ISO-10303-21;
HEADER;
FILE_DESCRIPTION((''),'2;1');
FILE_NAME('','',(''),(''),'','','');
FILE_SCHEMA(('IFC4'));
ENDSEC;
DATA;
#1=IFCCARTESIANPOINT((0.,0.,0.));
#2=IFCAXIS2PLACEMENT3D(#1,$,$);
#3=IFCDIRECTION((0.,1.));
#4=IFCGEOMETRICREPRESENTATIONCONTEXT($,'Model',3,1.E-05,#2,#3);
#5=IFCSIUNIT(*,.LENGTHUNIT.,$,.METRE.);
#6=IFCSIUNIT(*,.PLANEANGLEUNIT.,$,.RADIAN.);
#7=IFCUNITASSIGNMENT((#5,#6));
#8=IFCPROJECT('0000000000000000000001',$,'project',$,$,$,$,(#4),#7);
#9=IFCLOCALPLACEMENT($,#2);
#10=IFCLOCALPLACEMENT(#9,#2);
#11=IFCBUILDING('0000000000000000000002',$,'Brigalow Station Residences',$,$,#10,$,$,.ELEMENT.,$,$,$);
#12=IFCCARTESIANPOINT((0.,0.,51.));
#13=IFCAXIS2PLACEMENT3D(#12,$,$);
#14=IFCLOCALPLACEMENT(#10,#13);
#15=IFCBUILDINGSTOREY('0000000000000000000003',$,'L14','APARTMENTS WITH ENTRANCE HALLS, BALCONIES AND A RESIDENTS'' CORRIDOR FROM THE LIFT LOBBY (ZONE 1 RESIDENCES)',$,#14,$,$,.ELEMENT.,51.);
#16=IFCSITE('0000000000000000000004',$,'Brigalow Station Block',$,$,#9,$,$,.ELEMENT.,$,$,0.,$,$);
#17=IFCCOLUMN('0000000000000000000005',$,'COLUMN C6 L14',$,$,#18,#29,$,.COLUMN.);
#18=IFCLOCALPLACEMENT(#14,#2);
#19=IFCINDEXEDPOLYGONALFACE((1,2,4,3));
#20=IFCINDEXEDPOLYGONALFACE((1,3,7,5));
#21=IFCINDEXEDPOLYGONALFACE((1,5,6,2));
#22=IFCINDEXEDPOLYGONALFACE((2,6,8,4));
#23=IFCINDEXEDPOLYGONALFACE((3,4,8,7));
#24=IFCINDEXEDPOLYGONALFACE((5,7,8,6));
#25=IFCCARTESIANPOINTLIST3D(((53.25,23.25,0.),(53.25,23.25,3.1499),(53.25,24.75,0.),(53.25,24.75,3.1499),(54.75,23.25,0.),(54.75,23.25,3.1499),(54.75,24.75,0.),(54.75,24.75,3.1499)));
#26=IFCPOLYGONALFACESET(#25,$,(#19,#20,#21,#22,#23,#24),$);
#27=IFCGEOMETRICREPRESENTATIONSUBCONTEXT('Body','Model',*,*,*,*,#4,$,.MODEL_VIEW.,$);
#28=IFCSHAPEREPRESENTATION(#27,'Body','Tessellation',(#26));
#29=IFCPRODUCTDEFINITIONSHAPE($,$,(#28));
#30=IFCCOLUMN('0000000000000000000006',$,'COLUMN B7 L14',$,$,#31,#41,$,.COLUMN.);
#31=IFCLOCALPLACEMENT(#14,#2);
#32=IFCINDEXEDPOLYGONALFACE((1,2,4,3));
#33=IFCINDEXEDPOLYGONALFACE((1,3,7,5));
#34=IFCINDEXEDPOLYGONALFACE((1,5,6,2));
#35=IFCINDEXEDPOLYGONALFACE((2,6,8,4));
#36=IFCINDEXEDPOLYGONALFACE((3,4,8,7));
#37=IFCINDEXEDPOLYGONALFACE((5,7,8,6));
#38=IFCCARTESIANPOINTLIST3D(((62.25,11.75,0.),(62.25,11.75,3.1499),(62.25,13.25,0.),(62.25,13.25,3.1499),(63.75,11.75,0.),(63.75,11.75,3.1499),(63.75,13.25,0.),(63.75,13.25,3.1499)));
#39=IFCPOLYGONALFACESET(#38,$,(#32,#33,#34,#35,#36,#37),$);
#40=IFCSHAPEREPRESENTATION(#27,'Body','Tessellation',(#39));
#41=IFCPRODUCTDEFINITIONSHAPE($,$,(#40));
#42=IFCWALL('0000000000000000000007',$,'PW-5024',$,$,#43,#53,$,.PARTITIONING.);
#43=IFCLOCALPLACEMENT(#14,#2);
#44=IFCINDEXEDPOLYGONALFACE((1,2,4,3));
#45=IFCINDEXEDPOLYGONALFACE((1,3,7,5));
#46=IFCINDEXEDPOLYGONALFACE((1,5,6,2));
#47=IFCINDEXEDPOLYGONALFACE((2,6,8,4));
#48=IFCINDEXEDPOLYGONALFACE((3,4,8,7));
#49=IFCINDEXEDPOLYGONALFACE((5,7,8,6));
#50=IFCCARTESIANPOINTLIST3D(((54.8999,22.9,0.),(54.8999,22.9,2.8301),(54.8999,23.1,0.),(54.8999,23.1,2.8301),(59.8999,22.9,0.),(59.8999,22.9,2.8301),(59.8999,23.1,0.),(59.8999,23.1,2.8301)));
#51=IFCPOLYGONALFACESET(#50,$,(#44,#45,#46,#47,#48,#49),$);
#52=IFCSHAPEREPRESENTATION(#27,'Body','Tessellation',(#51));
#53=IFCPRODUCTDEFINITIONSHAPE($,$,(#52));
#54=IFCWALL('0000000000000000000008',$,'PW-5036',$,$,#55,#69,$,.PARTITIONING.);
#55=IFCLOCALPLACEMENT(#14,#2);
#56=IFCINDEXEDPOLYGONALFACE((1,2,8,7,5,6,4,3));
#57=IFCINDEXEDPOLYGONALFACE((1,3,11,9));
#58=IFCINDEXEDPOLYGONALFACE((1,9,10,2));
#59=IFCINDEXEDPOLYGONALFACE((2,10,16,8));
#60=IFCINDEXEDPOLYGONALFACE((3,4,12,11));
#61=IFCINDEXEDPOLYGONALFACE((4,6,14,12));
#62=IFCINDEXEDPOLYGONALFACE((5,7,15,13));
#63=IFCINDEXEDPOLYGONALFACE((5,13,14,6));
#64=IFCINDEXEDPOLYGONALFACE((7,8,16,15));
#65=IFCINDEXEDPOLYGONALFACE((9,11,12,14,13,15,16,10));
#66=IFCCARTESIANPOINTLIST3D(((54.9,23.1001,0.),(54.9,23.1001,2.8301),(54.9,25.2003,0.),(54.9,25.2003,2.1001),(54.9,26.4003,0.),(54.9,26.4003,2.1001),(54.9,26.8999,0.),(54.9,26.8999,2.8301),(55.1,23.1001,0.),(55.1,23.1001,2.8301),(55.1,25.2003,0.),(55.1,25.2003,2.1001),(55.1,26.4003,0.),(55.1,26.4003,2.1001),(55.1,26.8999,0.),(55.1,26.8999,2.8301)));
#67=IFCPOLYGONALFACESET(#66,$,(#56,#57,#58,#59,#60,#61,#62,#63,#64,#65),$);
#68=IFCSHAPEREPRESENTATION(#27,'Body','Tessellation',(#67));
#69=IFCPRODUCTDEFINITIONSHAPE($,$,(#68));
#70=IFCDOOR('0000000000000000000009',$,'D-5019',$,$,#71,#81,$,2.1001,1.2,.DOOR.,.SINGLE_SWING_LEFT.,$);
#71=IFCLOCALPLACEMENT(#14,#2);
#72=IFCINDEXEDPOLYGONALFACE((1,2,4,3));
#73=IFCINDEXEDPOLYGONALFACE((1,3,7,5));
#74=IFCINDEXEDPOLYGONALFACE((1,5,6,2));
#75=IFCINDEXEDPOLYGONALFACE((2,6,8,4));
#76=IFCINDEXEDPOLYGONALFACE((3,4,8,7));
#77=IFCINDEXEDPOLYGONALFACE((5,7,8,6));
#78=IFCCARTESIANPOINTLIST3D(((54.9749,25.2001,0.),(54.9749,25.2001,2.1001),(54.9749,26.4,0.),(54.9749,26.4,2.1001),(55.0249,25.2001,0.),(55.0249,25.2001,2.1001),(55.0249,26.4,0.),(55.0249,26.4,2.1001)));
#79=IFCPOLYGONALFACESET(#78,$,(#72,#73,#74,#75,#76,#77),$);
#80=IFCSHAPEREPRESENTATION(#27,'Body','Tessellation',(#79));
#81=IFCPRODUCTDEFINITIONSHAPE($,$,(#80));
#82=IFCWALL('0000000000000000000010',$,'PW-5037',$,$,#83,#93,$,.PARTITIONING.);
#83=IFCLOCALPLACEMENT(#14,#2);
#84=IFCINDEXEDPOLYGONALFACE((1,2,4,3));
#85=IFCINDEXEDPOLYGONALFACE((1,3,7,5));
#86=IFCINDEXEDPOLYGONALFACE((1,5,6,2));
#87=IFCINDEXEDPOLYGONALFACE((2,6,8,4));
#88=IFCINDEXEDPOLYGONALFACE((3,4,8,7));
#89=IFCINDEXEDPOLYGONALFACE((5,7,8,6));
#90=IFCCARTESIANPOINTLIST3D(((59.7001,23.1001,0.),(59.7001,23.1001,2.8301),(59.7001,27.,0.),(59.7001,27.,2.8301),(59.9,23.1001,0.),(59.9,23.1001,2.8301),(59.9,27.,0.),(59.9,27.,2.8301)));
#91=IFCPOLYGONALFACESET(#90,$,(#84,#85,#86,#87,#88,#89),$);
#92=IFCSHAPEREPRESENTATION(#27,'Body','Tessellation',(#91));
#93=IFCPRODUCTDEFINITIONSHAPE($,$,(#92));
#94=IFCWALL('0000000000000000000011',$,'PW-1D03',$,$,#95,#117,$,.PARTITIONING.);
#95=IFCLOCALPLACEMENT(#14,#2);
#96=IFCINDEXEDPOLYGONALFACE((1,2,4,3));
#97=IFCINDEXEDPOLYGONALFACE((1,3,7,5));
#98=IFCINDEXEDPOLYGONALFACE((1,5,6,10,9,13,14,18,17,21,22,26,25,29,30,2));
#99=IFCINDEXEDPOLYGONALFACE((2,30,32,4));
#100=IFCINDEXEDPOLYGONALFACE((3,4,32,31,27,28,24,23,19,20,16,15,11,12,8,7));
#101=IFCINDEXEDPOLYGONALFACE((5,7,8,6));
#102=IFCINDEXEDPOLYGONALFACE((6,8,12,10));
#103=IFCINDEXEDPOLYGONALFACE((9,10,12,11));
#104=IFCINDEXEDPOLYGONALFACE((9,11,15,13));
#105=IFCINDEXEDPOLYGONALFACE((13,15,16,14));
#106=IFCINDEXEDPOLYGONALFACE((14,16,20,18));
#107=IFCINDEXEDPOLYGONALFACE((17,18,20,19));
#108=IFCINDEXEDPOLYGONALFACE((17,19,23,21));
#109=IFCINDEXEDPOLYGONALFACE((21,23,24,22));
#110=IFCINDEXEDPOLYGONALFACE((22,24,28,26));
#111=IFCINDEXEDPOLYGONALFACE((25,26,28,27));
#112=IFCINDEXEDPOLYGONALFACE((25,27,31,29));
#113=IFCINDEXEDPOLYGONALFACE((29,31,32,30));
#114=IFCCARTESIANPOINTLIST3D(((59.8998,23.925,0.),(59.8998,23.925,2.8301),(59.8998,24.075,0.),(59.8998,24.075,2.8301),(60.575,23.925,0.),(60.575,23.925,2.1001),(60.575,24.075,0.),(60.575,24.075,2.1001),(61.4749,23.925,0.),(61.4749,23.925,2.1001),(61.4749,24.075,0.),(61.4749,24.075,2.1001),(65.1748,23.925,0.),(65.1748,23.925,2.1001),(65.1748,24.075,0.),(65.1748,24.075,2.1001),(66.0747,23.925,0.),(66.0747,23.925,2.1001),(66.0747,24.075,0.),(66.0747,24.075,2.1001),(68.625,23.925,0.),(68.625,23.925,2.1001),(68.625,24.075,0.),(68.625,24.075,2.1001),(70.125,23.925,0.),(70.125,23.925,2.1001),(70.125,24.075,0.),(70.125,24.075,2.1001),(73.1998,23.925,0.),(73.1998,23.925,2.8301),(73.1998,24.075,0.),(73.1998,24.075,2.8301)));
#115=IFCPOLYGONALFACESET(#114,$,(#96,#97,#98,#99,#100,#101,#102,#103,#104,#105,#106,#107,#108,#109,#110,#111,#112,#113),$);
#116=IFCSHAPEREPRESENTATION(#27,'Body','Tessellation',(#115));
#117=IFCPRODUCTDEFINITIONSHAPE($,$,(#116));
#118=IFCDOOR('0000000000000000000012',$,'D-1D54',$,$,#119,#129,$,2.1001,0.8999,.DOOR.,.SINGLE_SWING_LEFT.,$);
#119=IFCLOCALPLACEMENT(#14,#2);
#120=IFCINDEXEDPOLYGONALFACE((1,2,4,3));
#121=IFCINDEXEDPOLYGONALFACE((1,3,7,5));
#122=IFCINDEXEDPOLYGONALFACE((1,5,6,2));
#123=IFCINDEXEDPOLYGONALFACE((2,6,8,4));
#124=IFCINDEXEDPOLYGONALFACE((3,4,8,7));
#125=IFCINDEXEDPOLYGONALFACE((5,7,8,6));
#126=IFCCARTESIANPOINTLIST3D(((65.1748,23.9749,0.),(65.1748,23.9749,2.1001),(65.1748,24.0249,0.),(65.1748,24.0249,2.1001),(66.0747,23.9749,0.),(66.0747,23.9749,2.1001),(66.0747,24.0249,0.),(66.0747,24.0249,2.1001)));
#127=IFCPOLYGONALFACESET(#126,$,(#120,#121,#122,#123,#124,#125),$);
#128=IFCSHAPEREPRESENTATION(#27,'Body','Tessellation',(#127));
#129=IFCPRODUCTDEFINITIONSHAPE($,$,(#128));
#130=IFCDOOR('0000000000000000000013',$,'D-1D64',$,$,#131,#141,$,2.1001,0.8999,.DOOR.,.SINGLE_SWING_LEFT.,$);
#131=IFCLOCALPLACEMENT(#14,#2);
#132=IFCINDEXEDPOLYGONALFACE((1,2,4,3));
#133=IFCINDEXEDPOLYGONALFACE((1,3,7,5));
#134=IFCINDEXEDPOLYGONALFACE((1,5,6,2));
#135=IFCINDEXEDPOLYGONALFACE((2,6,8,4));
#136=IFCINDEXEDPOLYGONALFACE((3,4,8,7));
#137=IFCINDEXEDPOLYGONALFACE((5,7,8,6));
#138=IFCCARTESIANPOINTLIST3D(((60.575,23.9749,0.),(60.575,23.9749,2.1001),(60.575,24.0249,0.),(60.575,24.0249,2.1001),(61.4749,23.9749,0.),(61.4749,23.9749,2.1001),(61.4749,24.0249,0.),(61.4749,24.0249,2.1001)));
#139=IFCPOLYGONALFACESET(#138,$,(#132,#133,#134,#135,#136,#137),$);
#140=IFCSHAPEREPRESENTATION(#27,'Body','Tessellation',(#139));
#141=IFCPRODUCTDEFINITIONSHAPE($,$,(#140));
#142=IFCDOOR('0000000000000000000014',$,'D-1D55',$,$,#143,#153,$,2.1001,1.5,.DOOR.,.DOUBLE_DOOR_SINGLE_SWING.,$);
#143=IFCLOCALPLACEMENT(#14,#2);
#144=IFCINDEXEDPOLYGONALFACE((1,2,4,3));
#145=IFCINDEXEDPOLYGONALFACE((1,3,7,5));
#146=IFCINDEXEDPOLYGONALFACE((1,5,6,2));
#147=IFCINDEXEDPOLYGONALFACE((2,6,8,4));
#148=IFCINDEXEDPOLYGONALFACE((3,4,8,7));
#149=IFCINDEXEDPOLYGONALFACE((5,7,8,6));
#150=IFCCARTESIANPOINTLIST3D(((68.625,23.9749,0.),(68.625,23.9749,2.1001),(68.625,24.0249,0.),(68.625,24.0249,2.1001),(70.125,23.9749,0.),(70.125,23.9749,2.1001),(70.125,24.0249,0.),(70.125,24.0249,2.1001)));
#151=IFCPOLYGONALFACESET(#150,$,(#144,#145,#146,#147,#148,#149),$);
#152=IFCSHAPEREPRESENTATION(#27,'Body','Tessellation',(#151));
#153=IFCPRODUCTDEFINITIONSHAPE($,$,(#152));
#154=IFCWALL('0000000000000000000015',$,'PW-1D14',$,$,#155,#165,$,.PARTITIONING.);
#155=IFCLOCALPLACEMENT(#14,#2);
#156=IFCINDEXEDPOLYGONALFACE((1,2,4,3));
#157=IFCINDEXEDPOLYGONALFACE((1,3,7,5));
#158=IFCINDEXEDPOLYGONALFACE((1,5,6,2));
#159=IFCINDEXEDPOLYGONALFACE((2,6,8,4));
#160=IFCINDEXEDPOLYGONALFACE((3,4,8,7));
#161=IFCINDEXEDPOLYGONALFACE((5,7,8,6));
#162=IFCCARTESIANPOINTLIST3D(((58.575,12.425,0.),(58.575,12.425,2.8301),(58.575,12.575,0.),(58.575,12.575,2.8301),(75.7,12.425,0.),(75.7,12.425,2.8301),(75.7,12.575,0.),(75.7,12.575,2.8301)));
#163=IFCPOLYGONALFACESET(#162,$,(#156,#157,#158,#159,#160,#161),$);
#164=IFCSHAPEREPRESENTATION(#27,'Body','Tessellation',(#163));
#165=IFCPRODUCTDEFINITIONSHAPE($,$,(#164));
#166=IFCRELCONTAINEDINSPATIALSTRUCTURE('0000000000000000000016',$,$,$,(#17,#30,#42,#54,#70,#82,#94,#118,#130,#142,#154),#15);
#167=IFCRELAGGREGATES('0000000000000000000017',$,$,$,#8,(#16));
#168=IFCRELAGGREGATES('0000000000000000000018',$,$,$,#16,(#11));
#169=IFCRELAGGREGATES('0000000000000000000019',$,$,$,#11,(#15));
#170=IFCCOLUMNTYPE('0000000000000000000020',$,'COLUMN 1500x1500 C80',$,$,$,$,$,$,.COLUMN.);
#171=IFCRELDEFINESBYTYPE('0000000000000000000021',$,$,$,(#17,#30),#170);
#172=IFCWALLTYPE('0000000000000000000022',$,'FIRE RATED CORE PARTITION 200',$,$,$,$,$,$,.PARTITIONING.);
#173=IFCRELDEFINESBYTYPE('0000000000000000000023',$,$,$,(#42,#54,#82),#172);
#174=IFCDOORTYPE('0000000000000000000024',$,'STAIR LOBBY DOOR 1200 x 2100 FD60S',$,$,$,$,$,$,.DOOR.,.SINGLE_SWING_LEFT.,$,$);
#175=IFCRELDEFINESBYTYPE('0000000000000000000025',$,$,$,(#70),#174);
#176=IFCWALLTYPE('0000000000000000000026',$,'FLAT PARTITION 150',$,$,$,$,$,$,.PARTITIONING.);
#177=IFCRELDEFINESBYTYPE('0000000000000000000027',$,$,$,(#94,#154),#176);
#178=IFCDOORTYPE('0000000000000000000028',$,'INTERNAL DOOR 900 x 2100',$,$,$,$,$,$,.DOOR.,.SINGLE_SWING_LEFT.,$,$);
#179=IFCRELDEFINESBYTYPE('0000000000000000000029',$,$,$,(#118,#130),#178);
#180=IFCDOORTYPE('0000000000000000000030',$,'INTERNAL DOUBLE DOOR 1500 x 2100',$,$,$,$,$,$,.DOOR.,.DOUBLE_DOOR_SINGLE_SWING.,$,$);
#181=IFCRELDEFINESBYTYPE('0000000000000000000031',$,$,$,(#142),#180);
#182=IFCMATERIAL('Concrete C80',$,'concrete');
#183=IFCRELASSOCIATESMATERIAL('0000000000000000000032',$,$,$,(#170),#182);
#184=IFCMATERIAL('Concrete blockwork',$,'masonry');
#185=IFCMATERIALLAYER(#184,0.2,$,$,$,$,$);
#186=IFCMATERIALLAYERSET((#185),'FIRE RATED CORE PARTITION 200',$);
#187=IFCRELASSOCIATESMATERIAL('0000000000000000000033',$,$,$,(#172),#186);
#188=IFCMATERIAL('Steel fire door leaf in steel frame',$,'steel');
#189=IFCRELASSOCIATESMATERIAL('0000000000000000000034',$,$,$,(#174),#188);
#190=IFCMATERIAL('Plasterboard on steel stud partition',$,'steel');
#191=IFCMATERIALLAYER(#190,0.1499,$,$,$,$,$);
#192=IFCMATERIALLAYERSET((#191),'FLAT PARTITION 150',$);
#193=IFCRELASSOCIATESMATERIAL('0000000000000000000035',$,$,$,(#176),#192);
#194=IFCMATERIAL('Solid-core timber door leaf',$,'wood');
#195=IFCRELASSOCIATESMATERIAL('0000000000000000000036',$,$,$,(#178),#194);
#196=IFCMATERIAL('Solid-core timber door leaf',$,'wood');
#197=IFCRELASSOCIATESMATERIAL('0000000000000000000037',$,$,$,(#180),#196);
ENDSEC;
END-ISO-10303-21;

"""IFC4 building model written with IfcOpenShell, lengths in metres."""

from ifc_helpers import new_model, si_unit, direction, frame, frame_2d, origin, origin_2d, place, context, subcontext, project, spatial, rectangle, extrude, material, layer, layer_set, material_profile, profile_set, type_object, element, fill, save


model = new_model("IFC4")

# Units and contexts
model_context = context("Model", 3, precision=1e-05, world=origin(), true_north=direction((0.0, 1.0)))
body_context = subcontext(model_context, "Body", "Model", "MODEL_VIEW")
ifc_project = project(units=[si_unit("LENGTHUNIT", "METRE"), si_unit("PLANEANGLEUNIT", "RADIAN")], contexts=[model_context])

# Site, building, storey
site_placement = place(None, origin())
site = spatial("IfcSite", under=ifc_project, at=site_placement, Name="Brigalow Station Block", CompositionType="ELEMENT", RefElevation=0.0)
building_placement = place(site_placement, origin())
building = spatial("IfcBuilding", under=site, at=building_placement, Name="Brigalow Station Residences", CompositionType="ELEMENT")
storey_placement = place(building_placement, frame((0.0, 0.0, 51.0)))
storey = spatial("IfcBuildingStorey", under=building, at=storey_placement, Name="L14", Description="APARTMENTS WITH ENTRANCE HALLS, BALCONIES AND A RESIDENTS' CORRIDOR FROM THE LIFT LOBBY (ZONE 1 RESIDENCES)", CompositionType="ELEMENT", Elevation=51.0)

# Columns
ifc_material_1 = material(Name="Concrete C80", Category="concrete")
ifc_material_profile = material_profile(ifc_material_1, rectangle(XDim=1.5, YDim=1.5, at=origin_2d()), Name="RC1500x1500")
ifc_profile_set = profile_set([ifc_material_profile], Name="Concrete C80")
column_type = type_object("IfcColumnType", Name="COLUMN 1500x1500 C80", PredefinedType="COLUMN", material=ifc_profile_set)
for number, where, z_axis, x_axis, name in (
    (1, (54.0, 24.0, 0.0), (0.0, 0.0, 1.0), (1.0, 0.0, 0.0), "COLUMN C6 L14"),
    (2, (63.0, 12.5, 0.0), (0.0, 0.0, 1.0), (1.0, 0.0, 0.0), "COLUMN B7 L14"),
):
    element("IfcColumn", number, at=place(storey_placement, frame(where, z_axis=z_axis, x_axis=x_axis)), inside=storey, type_object=column_type, Name=name, PredefinedType="COLUMN", context=body_context, shape_type="SweptSolid", body=[
        extrude(rectangle(XDim=1.5, YDim=1.5, at=origin_2d()), origin(), (0.0, 0.0, 1.0), 3.1499),
    ])

# Wall
ifc_material_2 = material(Name="Concrete blockwork", Category="masonry")
ifc_layer_1 = layer(ifc_material_2, 0.2)
ifc_layer_set_1 = layer_set([ifc_layer_1], Name="FIRE RATED CORE PARTITION 200")
wall_type_1 = type_object("IfcWallType", Name="FIRE RATED CORE PARTITION 200", PredefinedType="PARTITIONING", material=ifc_layer_set_1)
wall_1_placement = place(storey_placement, frame((54.8999, 23.0, 0.0), z_axis=(0.0, 0.0, 1.0), x_axis=(1.0, 0.0, 0.0)))
element("IfcWall", 3, at=wall_1_placement, inside=storey, type_object=wall_type_1, Name="PW-5024", PredefinedType="PARTITIONING", context=body_context, shape_type="SweptSolid", body=[
    extrude(rectangle(XDim=5.0, YDim=0.2, at=frame_2d((2.5, 0.0))), origin(), (0.0, 0.0, 1.0), 2.8301),
])

# Wall, opening, door
wall_2_placement = place(storey_placement, frame((55.0, 23.1001, 0.0), z_axis=(0.0, 0.0, 1.0), x_axis=(0.0, 1.0, 0.0)))
wall_2 = element("IfcWall", 4, at=wall_2_placement, inside=storey, type_object=wall_type_1, Name="PW-5036", PredefinedType="PARTITIONING", context=body_context, shape_type="SweptSolid", body=[
    extrude(rectangle(XDim=3.7998, YDim=0.2, at=frame_2d((1.8999, 0.0))), origin(), (0.0, 0.0, 1.0), 2.8301),
])
opening_1_placement = place(wall_2_placement, frame((2.1001, 0.0, 0.0)))
opening_1 = element("IfcOpeningElement", 5, at=opening_1_placement, cuts=wall_2, PredefinedType="OPENING", context=body_context, shape_type="SweptSolid", body=[
    extrude(rectangle(XDim=1.2, YDim=2.1001, at=frame_2d((0.6001, 1.05))), frame((0.0, 0.1099, 0.0), z_axis=(0.0, -1.0, 0.0), x_axis=(1.0, 0.0, 0.0)), (0.0, 0.0, 1.0), 0.22),
])
ifc_material_3 = material(Name="Steel fire door leaf in steel frame", Category="steel")
door_type_1 = type_object("IfcDoorType", Name="STAIR LOBBY DOOR 1200 x 2100 FD60S", OperationType="SINGLE_SWING_LEFT", PredefinedType="DOOR", material=ifc_material_3)
door_1_placement = place(opening_1_placement, frame((1.2, 0.0, 0.0), z_axis=(0.0, 0.0, 1.0), x_axis=(-1.0, 0.0, 0.0)))
door_1 = element("IfcDoor", 6, at=door_1_placement, inside=storey, type_object=door_type_1, Name="D-5019", OperationType="SINGLE_SWING_LEFT", OverallHeight=2.1001, OverallWidth=1.2, PredefinedType="DOOR", context=body_context, shape_type="SweptSolid", body=[
    extrude(rectangle(XDim=1.2, YDim=2.1001, at=frame_2d((0.6001, 1.05))), frame((0.0, 0.0249, 0.0), z_axis=(0.0, -1.0, 0.0), x_axis=(1.0, 0.0, 0.0)), (0.0, 0.0, 1.0), 0.05),
])
fill(opening_1, door_1)

# Wall
wall_3_placement = place(storey_placement, frame((59.8, 23.1001, 0.0), z_axis=(0.0, 0.0, 1.0), x_axis=(0.0, 1.0, 0.0)))
element("IfcWall", 7, at=wall_3_placement, inside=storey, type_object=wall_type_1, Name="PW-5037", PredefinedType="PARTITIONING", context=body_context, shape_type="SweptSolid", body=[
    extrude(rectangle(XDim=3.8999, YDim=0.2, at=frame_2d((1.95, 0.0))), origin(), (0.0, 0.0, 1.0), 2.8301),
])

# Wall, openings, doors
ifc_material_4 = material(Name="Plasterboard on steel stud partition", Category="steel")
ifc_layer_2 = layer(ifc_material_4, 0.1499)
ifc_layer_set_2 = layer_set([ifc_layer_2], Name="FLAT PARTITION 150")
wall_type_2 = type_object("IfcWallType", Name="FLAT PARTITION 150", PredefinedType="PARTITIONING", material=ifc_layer_set_2)
wall_4_placement = place(storey_placement, frame((59.8999, 24.0, 0.0), z_axis=(0.0, 0.0, 1.0), x_axis=(1.0, 0.0, 0.0)))
wall_4 = element("IfcWall", 8, at=wall_4_placement, inside=storey, type_object=wall_type_2, Name="PW-1D03", PredefinedType="PARTITIONING", context=body_context, shape_type="SweptSolid", body=[
    extrude(rectangle(XDim=13.3, YDim=0.1499, at=frame_2d((6.6499, 0.0))), origin(), (0.0, 0.0, 1.0), 2.8301),
])
opening_2_placement = place(wall_4_placement, frame((5.2749, 0.0, 0.0)))
opening_2 = element("IfcOpeningElement", 9, at=opening_2_placement, cuts=wall_4, PredefinedType="OPENING", context=body_context, shape_type="SweptSolid", body=[
    extrude(rectangle(XDim=0.8999, YDim=2.1001, at=frame_2d((0.45, 1.05))), frame((0.0, 0.085, 0.0), z_axis=(0.0, -1.0, 0.0), x_axis=(1.0, 0.0, 0.0)), (0.0, 0.0, 1.0), 0.1699),
])
opening_3_placement = place(wall_4_placement, frame((8.7251, 0.0, 0.0)))
opening_3 = element("IfcOpeningElement", 10, at=opening_3_placement, cuts=wall_4, PredefinedType="OPENING", context=body_context, shape_type="SweptSolid", body=[
    extrude(rectangle(XDim=1.5, YDim=2.1001, at=frame_2d((0.75, 1.05))), frame((0.0, 0.085, 0.0), z_axis=(0.0, -1.0, 0.0), x_axis=(1.0, 0.0, 0.0)), (0.0, 0.0, 1.0), 0.1699),
])
opening_4_placement = place(wall_4_placement, frame((0.675, 0.0, 0.0)))
opening_4 = element("IfcOpeningElement", 11, at=opening_4_placement, cuts=wall_4, PredefinedType="OPENING", context=body_context, shape_type="SweptSolid", body=[
    extrude(rectangle(XDim=0.8999, YDim=2.1001, at=frame_2d((0.45, 1.05))), frame((0.0, 0.085, 0.0), z_axis=(0.0, -1.0, 0.0), x_axis=(1.0, 0.0, 0.0)), (0.0, 0.0, 1.0), 0.1699),
])
ifc_material_5 = material(Name="Solid-core timber door leaf", Category="wood")
door_type_2 = type_object("IfcDoorType", Name="INTERNAL DOOR 900 x 2100", OperationType="SINGLE_SWING_LEFT", PredefinedType="DOOR", material=ifc_material_5)
door_2_placement = place(opening_2_placement, origin())
door_2 = element("IfcDoor", 12, at=door_2_placement, inside=storey, type_object=door_type_2, Name="D-1D54", OperationType="SINGLE_SWING_LEFT", OverallHeight=2.1001, OverallWidth=0.8999, PredefinedType="DOOR", context=body_context, shape_type="SweptSolid", body=[
    extrude(rectangle(XDim=0.8999, YDim=2.1001, at=frame_2d((0.45, 1.05))), frame((0.0, 0.0249, 0.0), z_axis=(0.0, -1.0, 0.0), x_axis=(1.0, 0.0, 0.0)), (0.0, 0.0, 1.0), 0.05),
])
fill(opening_2, door_2)
door_3_placement = place(opening_4_placement, origin())
door_3 = element("IfcDoor", 13, at=door_3_placement, inside=storey, type_object=door_type_2, Name="D-1D64", OperationType="SINGLE_SWING_LEFT", OverallHeight=2.1001, OverallWidth=0.8999, PredefinedType="DOOR", context=body_context, shape_type="SweptSolid", body=[
    extrude(rectangle(XDim=0.8999, YDim=2.1001, at=frame_2d((0.45, 1.05))), frame((0.0, 0.0249, 0.0), z_axis=(0.0, -1.0, 0.0), x_axis=(1.0, 0.0, 0.0)), (0.0, 0.0, 1.0), 0.05),
])
fill(opening_4, door_3)
ifc_material_6 = material(Name="Solid-core timber door leaf", Category="wood")
door_type_3 = type_object("IfcDoorType", Name="INTERNAL DOUBLE DOOR 1500 x 2100", OperationType="DOUBLE_DOOR_SINGLE_SWING", PredefinedType="DOOR", material=ifc_material_6)
door_4_placement = place(opening_3_placement, origin())
door_4 = element("IfcDoor", 14, at=door_4_placement, inside=storey, type_object=door_type_3, Name="D-1D55", OperationType="DOUBLE_DOOR_SINGLE_SWING", OverallHeight=2.1001, OverallWidth=1.5, PredefinedType="DOOR", context=body_context, shape_type="SweptSolid", body=[
    extrude(rectangle(XDim=1.5, YDim=2.1001, at=frame_2d((0.75, 1.05))), frame((0.0, 0.0249, 0.0), z_axis=(0.0, -1.0, 0.0), x_axis=(1.0, 0.0, 0.0)), (0.0, 0.0, 1.0), 0.05),
])
fill(opening_3, door_4)

# Wall
wall_5_placement = place(storey_placement, frame((58.575, 12.5, 0.0), z_axis=(0.0, 0.0, 1.0), x_axis=(1.0, 0.0, 0.0)))
element("IfcWall", 15, at=wall_5_placement, inside=storey, type_object=wall_type_2, Name="PW-1D14", PredefinedType="PARTITIONING", context=body_context, shape_type="SweptSolid", body=[
    extrude(rectangle(XDim=17.125, YDim=0.1499, at=frame_2d((8.5625, 0.0))), origin(), (0.0, 0.0, 1.0), 2.8301),
])

save(model, "model.ifc")
